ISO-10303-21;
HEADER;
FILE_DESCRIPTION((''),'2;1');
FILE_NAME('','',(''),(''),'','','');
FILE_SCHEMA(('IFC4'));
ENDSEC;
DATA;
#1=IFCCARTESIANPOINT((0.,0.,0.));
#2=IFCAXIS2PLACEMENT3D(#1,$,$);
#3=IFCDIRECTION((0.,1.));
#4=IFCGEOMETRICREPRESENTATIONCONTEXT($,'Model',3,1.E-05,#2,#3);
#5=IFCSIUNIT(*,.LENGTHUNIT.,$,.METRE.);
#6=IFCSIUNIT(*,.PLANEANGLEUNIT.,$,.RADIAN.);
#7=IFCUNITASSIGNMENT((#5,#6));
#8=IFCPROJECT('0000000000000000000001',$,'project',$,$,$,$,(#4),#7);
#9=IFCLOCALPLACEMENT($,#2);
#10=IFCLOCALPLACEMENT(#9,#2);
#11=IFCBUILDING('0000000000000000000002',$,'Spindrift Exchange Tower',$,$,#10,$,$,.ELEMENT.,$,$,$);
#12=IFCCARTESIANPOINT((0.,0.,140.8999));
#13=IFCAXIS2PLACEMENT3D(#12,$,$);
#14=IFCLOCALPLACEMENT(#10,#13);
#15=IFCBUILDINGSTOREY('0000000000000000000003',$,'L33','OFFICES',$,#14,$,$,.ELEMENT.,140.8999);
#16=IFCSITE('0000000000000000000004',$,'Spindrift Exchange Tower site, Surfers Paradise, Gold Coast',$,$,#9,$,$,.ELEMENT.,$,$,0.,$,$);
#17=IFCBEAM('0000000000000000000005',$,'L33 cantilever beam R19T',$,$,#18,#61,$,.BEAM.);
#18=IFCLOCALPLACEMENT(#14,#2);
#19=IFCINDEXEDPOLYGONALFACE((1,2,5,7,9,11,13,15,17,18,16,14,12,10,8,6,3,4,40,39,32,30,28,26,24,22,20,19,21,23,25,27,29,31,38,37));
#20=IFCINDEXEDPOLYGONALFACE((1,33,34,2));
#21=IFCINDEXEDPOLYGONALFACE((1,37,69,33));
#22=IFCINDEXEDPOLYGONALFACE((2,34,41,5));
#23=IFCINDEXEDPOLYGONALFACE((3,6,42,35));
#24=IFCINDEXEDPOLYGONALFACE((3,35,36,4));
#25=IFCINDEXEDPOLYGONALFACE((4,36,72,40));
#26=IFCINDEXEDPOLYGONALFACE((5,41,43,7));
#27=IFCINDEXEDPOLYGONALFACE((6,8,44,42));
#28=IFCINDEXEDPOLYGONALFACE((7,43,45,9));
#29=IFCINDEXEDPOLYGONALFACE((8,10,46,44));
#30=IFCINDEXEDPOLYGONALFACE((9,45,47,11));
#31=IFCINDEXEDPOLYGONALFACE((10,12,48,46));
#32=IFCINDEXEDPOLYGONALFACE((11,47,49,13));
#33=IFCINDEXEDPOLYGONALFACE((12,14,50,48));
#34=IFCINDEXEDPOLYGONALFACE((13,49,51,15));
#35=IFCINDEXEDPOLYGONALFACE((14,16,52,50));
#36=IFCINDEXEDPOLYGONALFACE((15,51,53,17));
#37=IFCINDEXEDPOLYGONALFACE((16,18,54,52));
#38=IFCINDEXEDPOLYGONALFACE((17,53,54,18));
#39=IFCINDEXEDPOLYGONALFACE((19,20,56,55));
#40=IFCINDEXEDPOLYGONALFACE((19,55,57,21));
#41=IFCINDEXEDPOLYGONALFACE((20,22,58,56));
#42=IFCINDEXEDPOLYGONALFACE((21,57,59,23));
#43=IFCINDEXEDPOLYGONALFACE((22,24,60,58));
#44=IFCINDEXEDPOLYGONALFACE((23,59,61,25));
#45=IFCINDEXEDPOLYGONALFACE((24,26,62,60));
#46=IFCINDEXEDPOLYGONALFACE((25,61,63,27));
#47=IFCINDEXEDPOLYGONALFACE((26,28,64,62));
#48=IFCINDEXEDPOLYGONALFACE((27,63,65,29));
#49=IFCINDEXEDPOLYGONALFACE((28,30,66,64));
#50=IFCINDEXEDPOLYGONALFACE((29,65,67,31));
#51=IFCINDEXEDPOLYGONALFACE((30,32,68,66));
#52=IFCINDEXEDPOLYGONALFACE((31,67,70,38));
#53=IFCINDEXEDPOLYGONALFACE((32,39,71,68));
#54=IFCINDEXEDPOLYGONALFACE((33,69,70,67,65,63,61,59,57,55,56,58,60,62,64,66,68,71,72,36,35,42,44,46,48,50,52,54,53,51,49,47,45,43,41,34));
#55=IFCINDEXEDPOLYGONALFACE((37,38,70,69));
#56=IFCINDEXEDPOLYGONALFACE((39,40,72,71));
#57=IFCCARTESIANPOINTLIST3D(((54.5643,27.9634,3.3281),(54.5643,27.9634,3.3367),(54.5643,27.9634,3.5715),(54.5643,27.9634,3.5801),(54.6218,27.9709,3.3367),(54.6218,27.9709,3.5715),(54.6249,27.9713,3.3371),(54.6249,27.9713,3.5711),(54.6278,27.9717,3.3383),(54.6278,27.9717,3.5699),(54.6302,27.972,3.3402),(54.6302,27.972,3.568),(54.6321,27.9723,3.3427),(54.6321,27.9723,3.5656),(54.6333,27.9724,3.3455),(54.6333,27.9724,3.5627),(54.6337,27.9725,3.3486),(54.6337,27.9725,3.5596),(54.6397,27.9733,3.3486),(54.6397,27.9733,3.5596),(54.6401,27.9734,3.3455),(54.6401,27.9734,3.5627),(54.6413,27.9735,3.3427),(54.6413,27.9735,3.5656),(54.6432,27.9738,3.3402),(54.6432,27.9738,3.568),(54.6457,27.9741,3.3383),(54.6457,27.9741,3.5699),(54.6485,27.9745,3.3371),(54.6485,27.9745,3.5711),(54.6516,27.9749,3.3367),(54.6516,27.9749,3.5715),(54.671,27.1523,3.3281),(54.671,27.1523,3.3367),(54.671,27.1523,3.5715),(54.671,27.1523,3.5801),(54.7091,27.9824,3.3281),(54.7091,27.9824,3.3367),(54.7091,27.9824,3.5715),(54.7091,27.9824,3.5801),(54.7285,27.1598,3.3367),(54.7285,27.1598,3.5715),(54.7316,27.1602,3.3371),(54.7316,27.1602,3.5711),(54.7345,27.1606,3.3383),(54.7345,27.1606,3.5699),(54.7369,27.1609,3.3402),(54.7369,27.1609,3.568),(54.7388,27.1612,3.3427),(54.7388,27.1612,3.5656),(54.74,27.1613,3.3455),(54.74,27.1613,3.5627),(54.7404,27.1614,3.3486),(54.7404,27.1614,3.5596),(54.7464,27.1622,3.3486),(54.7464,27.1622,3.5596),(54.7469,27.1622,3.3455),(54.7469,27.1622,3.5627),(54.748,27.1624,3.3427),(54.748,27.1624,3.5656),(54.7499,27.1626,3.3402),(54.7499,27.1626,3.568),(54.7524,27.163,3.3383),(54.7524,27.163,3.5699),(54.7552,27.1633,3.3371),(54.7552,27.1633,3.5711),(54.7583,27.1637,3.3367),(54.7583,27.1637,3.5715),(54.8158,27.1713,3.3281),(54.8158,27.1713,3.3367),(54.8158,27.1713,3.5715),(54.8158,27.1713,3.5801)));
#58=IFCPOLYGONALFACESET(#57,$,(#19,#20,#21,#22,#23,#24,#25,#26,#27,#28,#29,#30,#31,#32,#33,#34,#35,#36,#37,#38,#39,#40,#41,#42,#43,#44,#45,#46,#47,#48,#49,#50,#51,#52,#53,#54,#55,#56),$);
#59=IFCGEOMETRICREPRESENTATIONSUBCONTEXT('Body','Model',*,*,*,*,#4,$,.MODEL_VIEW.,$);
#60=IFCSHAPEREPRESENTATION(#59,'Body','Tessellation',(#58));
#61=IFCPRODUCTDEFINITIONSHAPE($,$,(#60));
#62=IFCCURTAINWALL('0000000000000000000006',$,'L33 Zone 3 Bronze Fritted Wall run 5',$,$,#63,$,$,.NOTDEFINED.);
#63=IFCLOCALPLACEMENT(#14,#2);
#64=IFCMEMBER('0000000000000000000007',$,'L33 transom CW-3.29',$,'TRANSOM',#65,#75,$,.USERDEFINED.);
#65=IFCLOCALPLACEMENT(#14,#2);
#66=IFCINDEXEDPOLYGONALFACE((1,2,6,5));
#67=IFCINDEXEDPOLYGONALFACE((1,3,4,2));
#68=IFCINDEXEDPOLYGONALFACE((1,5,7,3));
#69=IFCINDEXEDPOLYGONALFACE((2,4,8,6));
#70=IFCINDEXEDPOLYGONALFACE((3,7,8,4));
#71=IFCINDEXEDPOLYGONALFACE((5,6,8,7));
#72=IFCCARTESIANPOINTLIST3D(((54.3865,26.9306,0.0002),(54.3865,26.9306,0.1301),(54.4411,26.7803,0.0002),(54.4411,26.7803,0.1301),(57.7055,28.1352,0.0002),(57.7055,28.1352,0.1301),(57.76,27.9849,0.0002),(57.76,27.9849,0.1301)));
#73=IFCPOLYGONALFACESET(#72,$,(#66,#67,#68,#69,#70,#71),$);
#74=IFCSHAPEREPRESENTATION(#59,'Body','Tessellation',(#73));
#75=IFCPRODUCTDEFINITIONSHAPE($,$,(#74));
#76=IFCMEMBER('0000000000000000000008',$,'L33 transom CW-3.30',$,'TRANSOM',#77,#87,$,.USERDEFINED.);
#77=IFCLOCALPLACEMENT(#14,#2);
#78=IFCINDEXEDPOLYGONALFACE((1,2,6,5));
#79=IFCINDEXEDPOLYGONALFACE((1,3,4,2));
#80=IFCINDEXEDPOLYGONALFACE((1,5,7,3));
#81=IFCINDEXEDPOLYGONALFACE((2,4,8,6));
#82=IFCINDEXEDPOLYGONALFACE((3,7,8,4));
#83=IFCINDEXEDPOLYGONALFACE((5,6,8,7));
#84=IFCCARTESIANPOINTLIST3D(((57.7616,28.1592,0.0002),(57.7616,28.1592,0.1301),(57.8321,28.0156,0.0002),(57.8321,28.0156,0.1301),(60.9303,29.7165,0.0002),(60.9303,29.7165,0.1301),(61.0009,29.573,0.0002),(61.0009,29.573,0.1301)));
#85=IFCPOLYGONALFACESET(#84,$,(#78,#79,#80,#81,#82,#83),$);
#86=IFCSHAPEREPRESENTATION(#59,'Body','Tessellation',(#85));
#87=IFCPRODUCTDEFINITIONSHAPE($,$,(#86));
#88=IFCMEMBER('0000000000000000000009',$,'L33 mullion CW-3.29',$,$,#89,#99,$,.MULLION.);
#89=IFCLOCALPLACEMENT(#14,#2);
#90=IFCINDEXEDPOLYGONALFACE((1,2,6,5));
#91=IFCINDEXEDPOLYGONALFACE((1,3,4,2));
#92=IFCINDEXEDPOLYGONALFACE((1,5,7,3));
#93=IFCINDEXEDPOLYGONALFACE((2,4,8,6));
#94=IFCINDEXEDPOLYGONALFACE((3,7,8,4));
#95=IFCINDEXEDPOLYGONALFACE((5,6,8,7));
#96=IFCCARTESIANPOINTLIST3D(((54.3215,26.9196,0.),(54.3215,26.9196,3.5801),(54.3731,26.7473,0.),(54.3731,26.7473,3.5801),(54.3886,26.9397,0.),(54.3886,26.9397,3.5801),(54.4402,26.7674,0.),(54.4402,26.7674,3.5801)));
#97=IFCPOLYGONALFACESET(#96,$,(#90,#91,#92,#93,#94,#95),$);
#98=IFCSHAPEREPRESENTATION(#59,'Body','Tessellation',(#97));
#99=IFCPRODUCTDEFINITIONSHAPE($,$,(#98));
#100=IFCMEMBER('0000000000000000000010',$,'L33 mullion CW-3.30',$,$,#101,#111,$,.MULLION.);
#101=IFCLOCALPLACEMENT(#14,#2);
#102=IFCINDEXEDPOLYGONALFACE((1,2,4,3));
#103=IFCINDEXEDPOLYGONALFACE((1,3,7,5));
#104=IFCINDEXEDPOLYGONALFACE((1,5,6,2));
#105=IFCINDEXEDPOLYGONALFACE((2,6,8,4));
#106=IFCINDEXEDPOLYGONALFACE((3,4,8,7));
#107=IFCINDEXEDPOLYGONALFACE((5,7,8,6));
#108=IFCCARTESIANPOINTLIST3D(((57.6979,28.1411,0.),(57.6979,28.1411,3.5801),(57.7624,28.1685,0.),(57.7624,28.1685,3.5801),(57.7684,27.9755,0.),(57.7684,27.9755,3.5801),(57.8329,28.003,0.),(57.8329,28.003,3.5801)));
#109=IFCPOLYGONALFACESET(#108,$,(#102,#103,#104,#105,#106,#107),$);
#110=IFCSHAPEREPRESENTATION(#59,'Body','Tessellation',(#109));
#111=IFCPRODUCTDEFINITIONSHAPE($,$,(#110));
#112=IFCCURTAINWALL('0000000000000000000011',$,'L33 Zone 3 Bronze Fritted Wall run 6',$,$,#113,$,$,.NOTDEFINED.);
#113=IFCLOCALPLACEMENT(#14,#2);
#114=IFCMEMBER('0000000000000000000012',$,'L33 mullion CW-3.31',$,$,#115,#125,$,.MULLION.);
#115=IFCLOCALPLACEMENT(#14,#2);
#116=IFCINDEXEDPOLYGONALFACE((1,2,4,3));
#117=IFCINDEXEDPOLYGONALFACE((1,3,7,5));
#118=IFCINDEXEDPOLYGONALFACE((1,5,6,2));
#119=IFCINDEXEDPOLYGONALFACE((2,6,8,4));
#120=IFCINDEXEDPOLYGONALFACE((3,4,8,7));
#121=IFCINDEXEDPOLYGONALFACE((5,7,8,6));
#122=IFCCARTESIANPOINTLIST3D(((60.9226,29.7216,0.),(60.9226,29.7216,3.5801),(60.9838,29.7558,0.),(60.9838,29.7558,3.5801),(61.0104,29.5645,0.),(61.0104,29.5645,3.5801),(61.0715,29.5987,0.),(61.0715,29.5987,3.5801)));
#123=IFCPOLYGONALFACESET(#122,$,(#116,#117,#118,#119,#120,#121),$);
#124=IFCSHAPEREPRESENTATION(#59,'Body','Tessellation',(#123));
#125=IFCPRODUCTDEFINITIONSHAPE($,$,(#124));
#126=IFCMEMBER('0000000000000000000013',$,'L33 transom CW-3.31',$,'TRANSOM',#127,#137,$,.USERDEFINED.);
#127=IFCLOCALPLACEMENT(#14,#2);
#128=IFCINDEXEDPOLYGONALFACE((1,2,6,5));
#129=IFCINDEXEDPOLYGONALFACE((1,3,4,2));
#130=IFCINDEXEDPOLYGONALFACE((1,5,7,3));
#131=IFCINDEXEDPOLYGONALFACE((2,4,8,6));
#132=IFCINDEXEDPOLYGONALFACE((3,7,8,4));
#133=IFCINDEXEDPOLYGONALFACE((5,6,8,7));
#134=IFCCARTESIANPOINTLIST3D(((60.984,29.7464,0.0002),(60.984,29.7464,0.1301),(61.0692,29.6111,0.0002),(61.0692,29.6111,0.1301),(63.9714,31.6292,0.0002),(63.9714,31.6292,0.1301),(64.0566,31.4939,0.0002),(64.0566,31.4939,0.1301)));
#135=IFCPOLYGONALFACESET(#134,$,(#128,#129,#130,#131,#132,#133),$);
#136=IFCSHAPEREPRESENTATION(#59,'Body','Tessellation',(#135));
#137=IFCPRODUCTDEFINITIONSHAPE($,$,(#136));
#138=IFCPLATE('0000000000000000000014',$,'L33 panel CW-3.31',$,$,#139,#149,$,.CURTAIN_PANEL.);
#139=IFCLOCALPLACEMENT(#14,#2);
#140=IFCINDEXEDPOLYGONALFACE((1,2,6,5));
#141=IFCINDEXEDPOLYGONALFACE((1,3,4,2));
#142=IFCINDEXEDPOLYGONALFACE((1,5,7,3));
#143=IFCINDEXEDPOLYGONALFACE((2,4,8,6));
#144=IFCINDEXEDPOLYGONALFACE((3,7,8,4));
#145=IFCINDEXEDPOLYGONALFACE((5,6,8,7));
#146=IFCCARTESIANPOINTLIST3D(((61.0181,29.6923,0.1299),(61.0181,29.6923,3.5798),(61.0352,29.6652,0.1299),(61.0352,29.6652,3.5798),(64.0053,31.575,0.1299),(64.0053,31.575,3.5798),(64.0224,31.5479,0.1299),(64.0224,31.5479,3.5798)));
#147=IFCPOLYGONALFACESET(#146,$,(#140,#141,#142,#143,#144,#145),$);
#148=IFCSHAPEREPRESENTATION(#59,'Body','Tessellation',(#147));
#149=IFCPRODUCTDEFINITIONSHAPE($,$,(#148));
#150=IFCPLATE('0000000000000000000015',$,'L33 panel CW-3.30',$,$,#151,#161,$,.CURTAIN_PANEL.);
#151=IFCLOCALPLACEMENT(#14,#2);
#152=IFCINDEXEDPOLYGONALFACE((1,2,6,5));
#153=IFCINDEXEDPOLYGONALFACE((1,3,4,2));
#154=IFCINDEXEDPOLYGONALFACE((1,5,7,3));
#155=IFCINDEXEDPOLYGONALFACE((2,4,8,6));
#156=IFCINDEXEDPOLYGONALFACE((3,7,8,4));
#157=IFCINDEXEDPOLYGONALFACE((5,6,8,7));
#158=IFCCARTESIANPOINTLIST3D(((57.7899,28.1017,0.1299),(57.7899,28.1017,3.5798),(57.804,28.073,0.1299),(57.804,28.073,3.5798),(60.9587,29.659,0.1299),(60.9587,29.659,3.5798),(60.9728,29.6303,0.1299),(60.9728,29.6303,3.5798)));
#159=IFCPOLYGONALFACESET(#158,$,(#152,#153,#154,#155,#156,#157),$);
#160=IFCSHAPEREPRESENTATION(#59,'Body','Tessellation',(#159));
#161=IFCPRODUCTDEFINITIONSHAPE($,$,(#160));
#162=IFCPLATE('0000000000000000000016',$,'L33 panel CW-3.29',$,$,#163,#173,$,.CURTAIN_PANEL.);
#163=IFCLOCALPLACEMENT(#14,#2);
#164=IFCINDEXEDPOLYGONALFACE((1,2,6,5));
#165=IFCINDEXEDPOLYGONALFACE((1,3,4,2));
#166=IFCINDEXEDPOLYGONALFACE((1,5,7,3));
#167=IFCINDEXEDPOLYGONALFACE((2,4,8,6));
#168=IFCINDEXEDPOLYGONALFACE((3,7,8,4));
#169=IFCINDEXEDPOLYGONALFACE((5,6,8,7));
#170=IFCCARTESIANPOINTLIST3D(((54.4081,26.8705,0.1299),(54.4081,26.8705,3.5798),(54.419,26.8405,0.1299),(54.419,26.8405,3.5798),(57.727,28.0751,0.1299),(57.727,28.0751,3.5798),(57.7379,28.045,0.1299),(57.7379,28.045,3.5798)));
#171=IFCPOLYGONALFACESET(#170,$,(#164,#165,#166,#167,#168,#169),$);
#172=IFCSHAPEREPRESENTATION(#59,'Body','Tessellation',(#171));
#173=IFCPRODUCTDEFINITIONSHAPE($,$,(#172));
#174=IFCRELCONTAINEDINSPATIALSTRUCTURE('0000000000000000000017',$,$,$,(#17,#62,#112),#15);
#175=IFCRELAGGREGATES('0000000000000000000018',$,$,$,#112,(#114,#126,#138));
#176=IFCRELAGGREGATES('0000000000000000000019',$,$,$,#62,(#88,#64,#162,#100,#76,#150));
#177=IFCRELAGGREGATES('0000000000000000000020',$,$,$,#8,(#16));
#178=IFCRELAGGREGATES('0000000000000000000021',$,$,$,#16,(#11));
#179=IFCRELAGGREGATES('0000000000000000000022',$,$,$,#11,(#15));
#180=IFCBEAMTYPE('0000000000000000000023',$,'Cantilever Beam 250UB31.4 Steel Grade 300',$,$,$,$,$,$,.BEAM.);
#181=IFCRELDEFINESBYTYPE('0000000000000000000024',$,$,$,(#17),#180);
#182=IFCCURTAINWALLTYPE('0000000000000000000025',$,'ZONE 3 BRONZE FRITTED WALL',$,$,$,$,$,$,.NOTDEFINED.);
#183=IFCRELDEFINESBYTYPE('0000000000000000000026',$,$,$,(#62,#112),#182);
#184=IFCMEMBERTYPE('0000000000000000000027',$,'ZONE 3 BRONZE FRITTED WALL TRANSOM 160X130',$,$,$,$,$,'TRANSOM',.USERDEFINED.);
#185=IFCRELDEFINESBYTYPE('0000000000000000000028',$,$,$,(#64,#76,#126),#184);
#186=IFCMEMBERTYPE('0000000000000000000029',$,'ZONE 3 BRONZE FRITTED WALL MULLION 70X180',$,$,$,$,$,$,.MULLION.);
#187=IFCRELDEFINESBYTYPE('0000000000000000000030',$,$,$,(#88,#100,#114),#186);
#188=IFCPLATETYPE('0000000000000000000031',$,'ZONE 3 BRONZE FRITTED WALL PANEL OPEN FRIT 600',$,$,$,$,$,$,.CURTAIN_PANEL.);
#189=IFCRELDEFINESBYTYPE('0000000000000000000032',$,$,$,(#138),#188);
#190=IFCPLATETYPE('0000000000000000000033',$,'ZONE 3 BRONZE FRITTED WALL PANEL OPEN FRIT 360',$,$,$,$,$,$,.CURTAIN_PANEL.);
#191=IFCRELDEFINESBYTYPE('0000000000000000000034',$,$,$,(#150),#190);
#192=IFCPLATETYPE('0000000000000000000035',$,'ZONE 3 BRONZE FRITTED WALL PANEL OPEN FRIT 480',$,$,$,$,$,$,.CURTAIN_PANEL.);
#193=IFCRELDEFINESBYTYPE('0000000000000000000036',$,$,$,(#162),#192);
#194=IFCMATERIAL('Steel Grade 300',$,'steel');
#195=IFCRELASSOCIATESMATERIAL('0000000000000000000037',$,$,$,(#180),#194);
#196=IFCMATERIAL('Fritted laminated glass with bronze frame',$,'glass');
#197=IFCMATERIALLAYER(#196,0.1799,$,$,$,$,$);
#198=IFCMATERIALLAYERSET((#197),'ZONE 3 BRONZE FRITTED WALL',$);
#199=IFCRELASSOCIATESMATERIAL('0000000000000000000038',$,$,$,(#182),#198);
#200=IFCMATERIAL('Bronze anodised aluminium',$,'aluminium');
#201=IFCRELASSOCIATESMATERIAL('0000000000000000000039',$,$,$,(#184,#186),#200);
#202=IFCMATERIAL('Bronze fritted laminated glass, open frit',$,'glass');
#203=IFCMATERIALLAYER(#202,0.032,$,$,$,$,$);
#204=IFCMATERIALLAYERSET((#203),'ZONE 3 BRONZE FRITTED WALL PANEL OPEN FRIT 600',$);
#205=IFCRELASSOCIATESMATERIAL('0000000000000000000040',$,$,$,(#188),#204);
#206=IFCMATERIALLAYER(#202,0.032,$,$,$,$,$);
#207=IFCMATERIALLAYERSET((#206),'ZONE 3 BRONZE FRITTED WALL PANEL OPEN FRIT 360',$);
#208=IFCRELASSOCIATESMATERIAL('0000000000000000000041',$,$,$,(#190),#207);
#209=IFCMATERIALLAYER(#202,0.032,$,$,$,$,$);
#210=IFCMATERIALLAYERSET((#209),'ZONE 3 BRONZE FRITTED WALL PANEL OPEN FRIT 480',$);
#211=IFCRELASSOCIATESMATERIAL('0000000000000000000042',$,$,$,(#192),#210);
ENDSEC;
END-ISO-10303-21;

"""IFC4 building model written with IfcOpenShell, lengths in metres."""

from ifc_helpers import new_model, si_unit, direction, frame, origin, origin_2d, place, context, subcontext, project, spatial, rectangle, i_section, extrude, source, transform, mapped, material, layer, layer_set, material_profile, profile_set, type_object, element, aggregate, save


model = new_model("IFC4")

# Units and contexts
model_context = context("Model", 3, precision=1e-05, world=origin(), true_north=direction((0.0, 1.0)))
body_context = subcontext(model_context, "Body", "Model", "MODEL_VIEW")
ifc_project = project(units=[si_unit("LENGTHUNIT", "METRE"), si_unit("PLANEANGLEUNIT", "RADIAN")], contexts=[model_context])

# Site, building, storey
site_placement = place(None, origin())
site = spatial("IfcSite", under=ifc_project, at=site_placement, Name="Spindrift Exchange Tower site, Surfers Paradise, Gold Coast", CompositionType="ELEMENT", RefElevation=0.0)
building_placement = place(site_placement, origin())
building = spatial("IfcBuilding", under=site, at=building_placement, Name="Spindrift Exchange Tower", CompositionType="ELEMENT")
storey_placement = place(building_placement, frame((0.0, 0.0, 140.8999)))
storey = spatial("IfcBuildingStorey", under=building, at=storey_placement, Name="L33", Description="OFFICES", CompositionType="ELEMENT", Elevation=140.8999)

# Beam
ifc_material_1 = material(Name="Steel Grade 300", Category="steel")
ifc_material_profile_1 = material_profile(ifc_material_1, i_section(OverallWidth=0.146, OverallDepth=0.252, WebThickness=0.0061, FlangeThickness=0.0085, FilletRadius=0.012, at=origin_2d()), Name="250UB31.4")
ifc_profile_set_1 = profile_set([ifc_material_profile_1], Name="Steel Grade 300")
beam_type_1 = type_object("IfcBeamType", Name="Cantilever Beam 250UB31.4 Steel Grade 300", PredefinedType="BEAM", material=ifc_profile_set_1)
shared_shape_1 = source(origin(), body_context, "Body", "SweptSolid", [
    extrude(i_section(OverallWidth=0.146, OverallDepth=0.252, WebThickness=0.0061, FlangeThickness=0.0085, FilletRadius=0.012, at=origin_2d()), origin(), (0.0, 0.0, 1.0), 0.8181),
])
beam_1_placement = place(storey_placement, frame((54.6367, 27.9729, 3.4541), z_axis=(0.130424, -0.991458, 0.0), x_axis=(0.991458, 0.130424, 0.0)))
element("IfcBeam", 1, at=beam_1_placement, inside=storey, type_object=beam_type_1, Name="L33 cantilever beam R19T", PredefinedType="BEAM", context=body_context, shape_type="MappedRepresentation", body=[
    mapped(shared_shape_1, transform((0.0, 0.0, 0.0), scale=1.0)),
])

# Curtain wall, members
ifc_material_2 = material(Name="Fritted laminated glass with bronze frame", Category="glass")
ifc_layer_1 = layer(ifc_material_2, 0.1799)
ifc_layer_set_1 = layer_set([ifc_layer_1], Name="ZONE 3 BRONZE FRITTED WALL")
curtain_wall_type = type_object("IfcCurtainWallType", Name="ZONE 3 BRONZE FRITTED WALL", PredefinedType="NOTDEFINED", material=ifc_layer_set_1)
curtain_wall_1_placement = place(storey_placement, origin())
curtain_wall_1 = element("IfcCurtainWall", 2, at=curtain_wall_1_placement, inside=storey, type_object=curtain_wall_type, Name="L33 Zone 3 Bronze Fritted Wall run 5", PredefinedType="NOTDEFINED")
ifc_material_3 = material(Name="Bronze anodised aluminium", Category="aluminium")
ifc_material_profile_2 = material_profile(ifc_material_3, rectangle(XDim=0.1599, YDim=0.1299, at=origin_2d()), Name="ZONE 3 BRONZE FRITTED WALL TRANSOM 160X130")
ifc_profile_set_2 = profile_set([ifc_material_profile_2], Name="Bronze anodised aluminium")
member_type_1 = type_object("IfcMemberType", Name="ZONE 3 BRONZE FRITTED WALL TRANSOM 160X130", ElementType="TRANSOM", PredefinedType="USERDEFINED", material=ifc_profile_set_2)
shared_shape_2 = source(origin(), body_context, "Body", "SweptSolid", [
    extrude(rectangle(XDim=0.1599, YDim=0.1299, at=origin_2d()), origin(), (0.0, 0.0, 1.0), 3.5308),
])
member_1_placement = place(storey_placement, frame((54.4138, 26.8555, 0.0652), z_axis=(0.939999, 0.341177, 0.0), x_axis=(-0.341177, 0.939999, 0.0)))
member_1 = element("IfcMember", 3, at=member_1_placement, type_object=member_type_1, Name="L33 transom CW-3.29", ObjectType="TRANSOM", PredefinedType="USERDEFINED", context=body_context, shape_type="MappedRepresentation", body=[
    mapped(shared_shape_2, transform((0.0, 0.0, 0.0), scale=1.0)),
])
member_2_placement = place(storey_placement, frame((57.7969, 28.0874, 0.0652), z_axis=(0.897463, 0.441091, 0.0), x_axis=(-0.441091, 0.897463, 0.0)))
member_2 = element("IfcMember", 4, at=member_2_placement, type_object=member_type_1, Name="L33 transom CW-3.30", ObjectType="TRANSOM", PredefinedType="USERDEFINED", context=body_context, shape_type="MappedRepresentation", body=[
    mapped(shared_shape_2, transform((0.0, 0.0, 0.0), scale=1.0)),
])
ifc_material_profile_3 = material_profile(ifc_material_3, rectangle(XDim=0.0701, YDim=0.1799, at=origin_2d()), Name="ZONE 3 BRONZE FRITTED WALL MULLION 70X180")
ifc_profile_set_3 = profile_set([ifc_material_profile_3], Name="Bronze anodised aluminium")
member_type_2 = type_object("IfcMemberType", Name="ZONE 3 BRONZE FRITTED WALL MULLION 70X180", PredefinedType="MULLION", material=ifc_profile_set_3)
shared_shape_3 = source(origin(), body_context, "Body", "SweptSolid", [
    extrude(rectangle(XDim=0.0701, YDim=0.1799, at=origin_2d()), origin(), (0.0, 0.0, 1.0), 3.5801),
])
member_3_placement = place(storey_placement, frame((54.3809, 26.8435, 0.0), z_axis=(0.0, 0.0, 1.0), x_axis=(0.957971, 0.286866, 0.0)))
member_3 = element("IfcMember", 5, at=member_3_placement, type_object=member_type_2, Name="L33 mullion CW-3.29", PredefinedType="MULLION", context=body_context, shape_type="MappedRepresentation", body=[
    mapped(shared_shape_3, transform((0.0, 0.0, 0.0), scale=1.0)),
])
member_4_placement = place(storey_placement, frame((57.7654, 28.072, 0.0), z_axis=(0.0, 0.0, 1.0), x_axis=(0.920097, 0.391691, 0.0)))
member_4 = element("IfcMember", 6, at=member_4_placement, type_object=member_type_2, Name="L33 mullion CW-3.30", PredefinedType="MULLION", context=body_context, shape_type="MappedRepresentation", body=[
    mapped(shared_shape_3, transform((0.0, 0.0, 0.0), scale=1.0)),
])

# Curtain wall, members, plate
curtain_wall_2_placement = place(storey_placement, origin())
curtain_wall_2 = element("IfcCurtainWall", 7, at=curtain_wall_2_placement, inside=storey, type_object=curtain_wall_type, Name="L33 Zone 3 Bronze Fritted Wall run 6", PredefinedType="NOTDEFINED")
member_5_placement = place(storey_placement, frame((60.9971, 29.6602, 0.0), z_axis=(0.0, 0.0, 1.0), x_axis=(0.87295, 0.48781, 0.0)))
member_5 = element("IfcMember", 8, at=member_5_placement, type_object=member_type_2, Name="L33 mullion CW-3.31", PredefinedType="MULLION", context=body_context, shape_type="MappedRepresentation", body=[
    mapped(shared_shape_3, transform((0.0, 0.0, 0.0), scale=1.0)),
])
shared_shape_4 = source(origin(), body_context, "Body", "SweptSolid", [
    extrude(rectangle(XDim=0.1599, YDim=0.1299, at=origin_2d()), origin(), (0.0, 0.0, 1.0), 3.5312),
])
member_6_placement = place(storey_placement, frame((61.0266, 29.6787, 0.0652), z_axis=(0.845988, 0.533202, 0.0), x_axis=(-0.533202, 0.845988, 0.0)))
member_6 = element("IfcMember", 9, at=member_6_placement, type_object=member_type_1, Name="L33 transom CW-3.31", ObjectType="TRANSOM", PredefinedType="USERDEFINED", context=body_context, shape_type="MappedRepresentation", body=[
    mapped(shared_shape_4, transform((0.0, 0.0, 0.0), scale=1.0)),
])
ifc_material_4 = material(Name="Bronze fritted laminated glass, open frit", Category="glass")
ifc_layer_2 = layer(ifc_material_4, 0.032)
ifc_layer_set_2 = layer_set([ifc_layer_2], Name="ZONE 3 BRONZE FRITTED WALL PANEL OPEN FRIT 600")
plate_type_1 = type_object("IfcPlateType", Name="ZONE 3 BRONZE FRITTED WALL PANEL OPEN FRIT 600", PredefinedType="CURTAIN_PANEL", material=ifc_layer_set_2)
shared_shape_5 = source(origin(), body_context, "Body", "SweptSolid", [
    extrude(rectangle(XDim=3.531, YDim=0.032, at=origin_2d()), origin(), (0.0, 0.0, 1.0), 3.45),
])
plate_1_placement = place(storey_placement, frame((62.5203, 30.6201, 0.1299), z_axis=(0.0, 0.0, 1.0), x_axis=(0.845995, 0.533191, 0.0)))
plate_1 = element("IfcPlate", 10, at=plate_1_placement, type_object=plate_type_1, Name="L33 panel CW-3.31", PredefinedType="CURTAIN_PANEL", context=body_context, shape_type="MappedRepresentation", body=[
    mapped(shared_shape_5, transform((0.0, 0.0, 0.0), scale=1.0)),
])
aggregate(curtain_wall_2, [member_5, member_6, plate_1])

# Plates
ifc_layer_3 = layer(ifc_material_4, 0.032)
ifc_layer_set_3 = layer_set([ifc_layer_3], Name="ZONE 3 BRONZE FRITTED WALL PANEL OPEN FRIT 360")
plate_type_2 = type_object("IfcPlateType", Name="ZONE 3 BRONZE FRITTED WALL PANEL OPEN FRIT 360", PredefinedType="CURTAIN_PANEL", material=ifc_layer_set_3)
shared_shape_6 = source(origin(), body_context, "Body", "SweptSolid", [
    extrude(rectangle(XDim=3.5308, YDim=0.032, at=origin_2d()), origin(), (0.0, 0.0, 1.0), 3.45),
])
plate_2_placement = place(storey_placement, frame((59.3813, 28.866, 0.1299), z_axis=(0.0, 0.0, 1.0), x_axis=(0.897472, 0.44107, 0.0)))
plate_2 = element("IfcPlate", 11, at=plate_2_placement, type_object=plate_type_2, Name="L33 panel CW-3.30", PredefinedType="CURTAIN_PANEL", context=body_context, shape_type="MappedRepresentation", body=[
    mapped(shared_shape_6, transform((0.0, 0.0, 0.0), scale=1.0)),
])
ifc_layer_4 = layer(ifc_material_4, 0.032)
ifc_layer_set_4 = layer_set([ifc_layer_4], Name="ZONE 3 BRONZE FRITTED WALL PANEL OPEN FRIT 480")
plate_type_3 = type_object("IfcPlateType", Name="ZONE 3 BRONZE FRITTED WALL PANEL OPEN FRIT 480", PredefinedType="CURTAIN_PANEL", material=ifc_layer_set_4)
shared_shape_7 = source(origin(), body_context, "Body", "SweptSolid", [
    extrude(rectangle(XDim=3.5308, YDim=0.032, at=origin_2d()), origin(), (0.0, 0.0, 1.0), 3.45),
])
plate_3_placement = place(storey_placement, frame((56.073, 27.4578, 0.1299), z_axis=(0.0, 0.0, 1.0), x_axis=(0.940007, 0.341154, 0.0)))
plate_3 = element("IfcPlate", 12, at=plate_3_placement, type_object=plate_type_3, Name="L33 panel CW-3.29", PredefinedType="CURTAIN_PANEL", context=body_context, shape_type="MappedRepresentation", body=[
    mapped(shared_shape_7, transform((0.0, 0.0, 0.0), scale=1.0)),
])
aggregate(curtain_wall_1, [member_3, member_1, plate_3, member_4, member_2, plate_2])

save(model, "model.ifc")
